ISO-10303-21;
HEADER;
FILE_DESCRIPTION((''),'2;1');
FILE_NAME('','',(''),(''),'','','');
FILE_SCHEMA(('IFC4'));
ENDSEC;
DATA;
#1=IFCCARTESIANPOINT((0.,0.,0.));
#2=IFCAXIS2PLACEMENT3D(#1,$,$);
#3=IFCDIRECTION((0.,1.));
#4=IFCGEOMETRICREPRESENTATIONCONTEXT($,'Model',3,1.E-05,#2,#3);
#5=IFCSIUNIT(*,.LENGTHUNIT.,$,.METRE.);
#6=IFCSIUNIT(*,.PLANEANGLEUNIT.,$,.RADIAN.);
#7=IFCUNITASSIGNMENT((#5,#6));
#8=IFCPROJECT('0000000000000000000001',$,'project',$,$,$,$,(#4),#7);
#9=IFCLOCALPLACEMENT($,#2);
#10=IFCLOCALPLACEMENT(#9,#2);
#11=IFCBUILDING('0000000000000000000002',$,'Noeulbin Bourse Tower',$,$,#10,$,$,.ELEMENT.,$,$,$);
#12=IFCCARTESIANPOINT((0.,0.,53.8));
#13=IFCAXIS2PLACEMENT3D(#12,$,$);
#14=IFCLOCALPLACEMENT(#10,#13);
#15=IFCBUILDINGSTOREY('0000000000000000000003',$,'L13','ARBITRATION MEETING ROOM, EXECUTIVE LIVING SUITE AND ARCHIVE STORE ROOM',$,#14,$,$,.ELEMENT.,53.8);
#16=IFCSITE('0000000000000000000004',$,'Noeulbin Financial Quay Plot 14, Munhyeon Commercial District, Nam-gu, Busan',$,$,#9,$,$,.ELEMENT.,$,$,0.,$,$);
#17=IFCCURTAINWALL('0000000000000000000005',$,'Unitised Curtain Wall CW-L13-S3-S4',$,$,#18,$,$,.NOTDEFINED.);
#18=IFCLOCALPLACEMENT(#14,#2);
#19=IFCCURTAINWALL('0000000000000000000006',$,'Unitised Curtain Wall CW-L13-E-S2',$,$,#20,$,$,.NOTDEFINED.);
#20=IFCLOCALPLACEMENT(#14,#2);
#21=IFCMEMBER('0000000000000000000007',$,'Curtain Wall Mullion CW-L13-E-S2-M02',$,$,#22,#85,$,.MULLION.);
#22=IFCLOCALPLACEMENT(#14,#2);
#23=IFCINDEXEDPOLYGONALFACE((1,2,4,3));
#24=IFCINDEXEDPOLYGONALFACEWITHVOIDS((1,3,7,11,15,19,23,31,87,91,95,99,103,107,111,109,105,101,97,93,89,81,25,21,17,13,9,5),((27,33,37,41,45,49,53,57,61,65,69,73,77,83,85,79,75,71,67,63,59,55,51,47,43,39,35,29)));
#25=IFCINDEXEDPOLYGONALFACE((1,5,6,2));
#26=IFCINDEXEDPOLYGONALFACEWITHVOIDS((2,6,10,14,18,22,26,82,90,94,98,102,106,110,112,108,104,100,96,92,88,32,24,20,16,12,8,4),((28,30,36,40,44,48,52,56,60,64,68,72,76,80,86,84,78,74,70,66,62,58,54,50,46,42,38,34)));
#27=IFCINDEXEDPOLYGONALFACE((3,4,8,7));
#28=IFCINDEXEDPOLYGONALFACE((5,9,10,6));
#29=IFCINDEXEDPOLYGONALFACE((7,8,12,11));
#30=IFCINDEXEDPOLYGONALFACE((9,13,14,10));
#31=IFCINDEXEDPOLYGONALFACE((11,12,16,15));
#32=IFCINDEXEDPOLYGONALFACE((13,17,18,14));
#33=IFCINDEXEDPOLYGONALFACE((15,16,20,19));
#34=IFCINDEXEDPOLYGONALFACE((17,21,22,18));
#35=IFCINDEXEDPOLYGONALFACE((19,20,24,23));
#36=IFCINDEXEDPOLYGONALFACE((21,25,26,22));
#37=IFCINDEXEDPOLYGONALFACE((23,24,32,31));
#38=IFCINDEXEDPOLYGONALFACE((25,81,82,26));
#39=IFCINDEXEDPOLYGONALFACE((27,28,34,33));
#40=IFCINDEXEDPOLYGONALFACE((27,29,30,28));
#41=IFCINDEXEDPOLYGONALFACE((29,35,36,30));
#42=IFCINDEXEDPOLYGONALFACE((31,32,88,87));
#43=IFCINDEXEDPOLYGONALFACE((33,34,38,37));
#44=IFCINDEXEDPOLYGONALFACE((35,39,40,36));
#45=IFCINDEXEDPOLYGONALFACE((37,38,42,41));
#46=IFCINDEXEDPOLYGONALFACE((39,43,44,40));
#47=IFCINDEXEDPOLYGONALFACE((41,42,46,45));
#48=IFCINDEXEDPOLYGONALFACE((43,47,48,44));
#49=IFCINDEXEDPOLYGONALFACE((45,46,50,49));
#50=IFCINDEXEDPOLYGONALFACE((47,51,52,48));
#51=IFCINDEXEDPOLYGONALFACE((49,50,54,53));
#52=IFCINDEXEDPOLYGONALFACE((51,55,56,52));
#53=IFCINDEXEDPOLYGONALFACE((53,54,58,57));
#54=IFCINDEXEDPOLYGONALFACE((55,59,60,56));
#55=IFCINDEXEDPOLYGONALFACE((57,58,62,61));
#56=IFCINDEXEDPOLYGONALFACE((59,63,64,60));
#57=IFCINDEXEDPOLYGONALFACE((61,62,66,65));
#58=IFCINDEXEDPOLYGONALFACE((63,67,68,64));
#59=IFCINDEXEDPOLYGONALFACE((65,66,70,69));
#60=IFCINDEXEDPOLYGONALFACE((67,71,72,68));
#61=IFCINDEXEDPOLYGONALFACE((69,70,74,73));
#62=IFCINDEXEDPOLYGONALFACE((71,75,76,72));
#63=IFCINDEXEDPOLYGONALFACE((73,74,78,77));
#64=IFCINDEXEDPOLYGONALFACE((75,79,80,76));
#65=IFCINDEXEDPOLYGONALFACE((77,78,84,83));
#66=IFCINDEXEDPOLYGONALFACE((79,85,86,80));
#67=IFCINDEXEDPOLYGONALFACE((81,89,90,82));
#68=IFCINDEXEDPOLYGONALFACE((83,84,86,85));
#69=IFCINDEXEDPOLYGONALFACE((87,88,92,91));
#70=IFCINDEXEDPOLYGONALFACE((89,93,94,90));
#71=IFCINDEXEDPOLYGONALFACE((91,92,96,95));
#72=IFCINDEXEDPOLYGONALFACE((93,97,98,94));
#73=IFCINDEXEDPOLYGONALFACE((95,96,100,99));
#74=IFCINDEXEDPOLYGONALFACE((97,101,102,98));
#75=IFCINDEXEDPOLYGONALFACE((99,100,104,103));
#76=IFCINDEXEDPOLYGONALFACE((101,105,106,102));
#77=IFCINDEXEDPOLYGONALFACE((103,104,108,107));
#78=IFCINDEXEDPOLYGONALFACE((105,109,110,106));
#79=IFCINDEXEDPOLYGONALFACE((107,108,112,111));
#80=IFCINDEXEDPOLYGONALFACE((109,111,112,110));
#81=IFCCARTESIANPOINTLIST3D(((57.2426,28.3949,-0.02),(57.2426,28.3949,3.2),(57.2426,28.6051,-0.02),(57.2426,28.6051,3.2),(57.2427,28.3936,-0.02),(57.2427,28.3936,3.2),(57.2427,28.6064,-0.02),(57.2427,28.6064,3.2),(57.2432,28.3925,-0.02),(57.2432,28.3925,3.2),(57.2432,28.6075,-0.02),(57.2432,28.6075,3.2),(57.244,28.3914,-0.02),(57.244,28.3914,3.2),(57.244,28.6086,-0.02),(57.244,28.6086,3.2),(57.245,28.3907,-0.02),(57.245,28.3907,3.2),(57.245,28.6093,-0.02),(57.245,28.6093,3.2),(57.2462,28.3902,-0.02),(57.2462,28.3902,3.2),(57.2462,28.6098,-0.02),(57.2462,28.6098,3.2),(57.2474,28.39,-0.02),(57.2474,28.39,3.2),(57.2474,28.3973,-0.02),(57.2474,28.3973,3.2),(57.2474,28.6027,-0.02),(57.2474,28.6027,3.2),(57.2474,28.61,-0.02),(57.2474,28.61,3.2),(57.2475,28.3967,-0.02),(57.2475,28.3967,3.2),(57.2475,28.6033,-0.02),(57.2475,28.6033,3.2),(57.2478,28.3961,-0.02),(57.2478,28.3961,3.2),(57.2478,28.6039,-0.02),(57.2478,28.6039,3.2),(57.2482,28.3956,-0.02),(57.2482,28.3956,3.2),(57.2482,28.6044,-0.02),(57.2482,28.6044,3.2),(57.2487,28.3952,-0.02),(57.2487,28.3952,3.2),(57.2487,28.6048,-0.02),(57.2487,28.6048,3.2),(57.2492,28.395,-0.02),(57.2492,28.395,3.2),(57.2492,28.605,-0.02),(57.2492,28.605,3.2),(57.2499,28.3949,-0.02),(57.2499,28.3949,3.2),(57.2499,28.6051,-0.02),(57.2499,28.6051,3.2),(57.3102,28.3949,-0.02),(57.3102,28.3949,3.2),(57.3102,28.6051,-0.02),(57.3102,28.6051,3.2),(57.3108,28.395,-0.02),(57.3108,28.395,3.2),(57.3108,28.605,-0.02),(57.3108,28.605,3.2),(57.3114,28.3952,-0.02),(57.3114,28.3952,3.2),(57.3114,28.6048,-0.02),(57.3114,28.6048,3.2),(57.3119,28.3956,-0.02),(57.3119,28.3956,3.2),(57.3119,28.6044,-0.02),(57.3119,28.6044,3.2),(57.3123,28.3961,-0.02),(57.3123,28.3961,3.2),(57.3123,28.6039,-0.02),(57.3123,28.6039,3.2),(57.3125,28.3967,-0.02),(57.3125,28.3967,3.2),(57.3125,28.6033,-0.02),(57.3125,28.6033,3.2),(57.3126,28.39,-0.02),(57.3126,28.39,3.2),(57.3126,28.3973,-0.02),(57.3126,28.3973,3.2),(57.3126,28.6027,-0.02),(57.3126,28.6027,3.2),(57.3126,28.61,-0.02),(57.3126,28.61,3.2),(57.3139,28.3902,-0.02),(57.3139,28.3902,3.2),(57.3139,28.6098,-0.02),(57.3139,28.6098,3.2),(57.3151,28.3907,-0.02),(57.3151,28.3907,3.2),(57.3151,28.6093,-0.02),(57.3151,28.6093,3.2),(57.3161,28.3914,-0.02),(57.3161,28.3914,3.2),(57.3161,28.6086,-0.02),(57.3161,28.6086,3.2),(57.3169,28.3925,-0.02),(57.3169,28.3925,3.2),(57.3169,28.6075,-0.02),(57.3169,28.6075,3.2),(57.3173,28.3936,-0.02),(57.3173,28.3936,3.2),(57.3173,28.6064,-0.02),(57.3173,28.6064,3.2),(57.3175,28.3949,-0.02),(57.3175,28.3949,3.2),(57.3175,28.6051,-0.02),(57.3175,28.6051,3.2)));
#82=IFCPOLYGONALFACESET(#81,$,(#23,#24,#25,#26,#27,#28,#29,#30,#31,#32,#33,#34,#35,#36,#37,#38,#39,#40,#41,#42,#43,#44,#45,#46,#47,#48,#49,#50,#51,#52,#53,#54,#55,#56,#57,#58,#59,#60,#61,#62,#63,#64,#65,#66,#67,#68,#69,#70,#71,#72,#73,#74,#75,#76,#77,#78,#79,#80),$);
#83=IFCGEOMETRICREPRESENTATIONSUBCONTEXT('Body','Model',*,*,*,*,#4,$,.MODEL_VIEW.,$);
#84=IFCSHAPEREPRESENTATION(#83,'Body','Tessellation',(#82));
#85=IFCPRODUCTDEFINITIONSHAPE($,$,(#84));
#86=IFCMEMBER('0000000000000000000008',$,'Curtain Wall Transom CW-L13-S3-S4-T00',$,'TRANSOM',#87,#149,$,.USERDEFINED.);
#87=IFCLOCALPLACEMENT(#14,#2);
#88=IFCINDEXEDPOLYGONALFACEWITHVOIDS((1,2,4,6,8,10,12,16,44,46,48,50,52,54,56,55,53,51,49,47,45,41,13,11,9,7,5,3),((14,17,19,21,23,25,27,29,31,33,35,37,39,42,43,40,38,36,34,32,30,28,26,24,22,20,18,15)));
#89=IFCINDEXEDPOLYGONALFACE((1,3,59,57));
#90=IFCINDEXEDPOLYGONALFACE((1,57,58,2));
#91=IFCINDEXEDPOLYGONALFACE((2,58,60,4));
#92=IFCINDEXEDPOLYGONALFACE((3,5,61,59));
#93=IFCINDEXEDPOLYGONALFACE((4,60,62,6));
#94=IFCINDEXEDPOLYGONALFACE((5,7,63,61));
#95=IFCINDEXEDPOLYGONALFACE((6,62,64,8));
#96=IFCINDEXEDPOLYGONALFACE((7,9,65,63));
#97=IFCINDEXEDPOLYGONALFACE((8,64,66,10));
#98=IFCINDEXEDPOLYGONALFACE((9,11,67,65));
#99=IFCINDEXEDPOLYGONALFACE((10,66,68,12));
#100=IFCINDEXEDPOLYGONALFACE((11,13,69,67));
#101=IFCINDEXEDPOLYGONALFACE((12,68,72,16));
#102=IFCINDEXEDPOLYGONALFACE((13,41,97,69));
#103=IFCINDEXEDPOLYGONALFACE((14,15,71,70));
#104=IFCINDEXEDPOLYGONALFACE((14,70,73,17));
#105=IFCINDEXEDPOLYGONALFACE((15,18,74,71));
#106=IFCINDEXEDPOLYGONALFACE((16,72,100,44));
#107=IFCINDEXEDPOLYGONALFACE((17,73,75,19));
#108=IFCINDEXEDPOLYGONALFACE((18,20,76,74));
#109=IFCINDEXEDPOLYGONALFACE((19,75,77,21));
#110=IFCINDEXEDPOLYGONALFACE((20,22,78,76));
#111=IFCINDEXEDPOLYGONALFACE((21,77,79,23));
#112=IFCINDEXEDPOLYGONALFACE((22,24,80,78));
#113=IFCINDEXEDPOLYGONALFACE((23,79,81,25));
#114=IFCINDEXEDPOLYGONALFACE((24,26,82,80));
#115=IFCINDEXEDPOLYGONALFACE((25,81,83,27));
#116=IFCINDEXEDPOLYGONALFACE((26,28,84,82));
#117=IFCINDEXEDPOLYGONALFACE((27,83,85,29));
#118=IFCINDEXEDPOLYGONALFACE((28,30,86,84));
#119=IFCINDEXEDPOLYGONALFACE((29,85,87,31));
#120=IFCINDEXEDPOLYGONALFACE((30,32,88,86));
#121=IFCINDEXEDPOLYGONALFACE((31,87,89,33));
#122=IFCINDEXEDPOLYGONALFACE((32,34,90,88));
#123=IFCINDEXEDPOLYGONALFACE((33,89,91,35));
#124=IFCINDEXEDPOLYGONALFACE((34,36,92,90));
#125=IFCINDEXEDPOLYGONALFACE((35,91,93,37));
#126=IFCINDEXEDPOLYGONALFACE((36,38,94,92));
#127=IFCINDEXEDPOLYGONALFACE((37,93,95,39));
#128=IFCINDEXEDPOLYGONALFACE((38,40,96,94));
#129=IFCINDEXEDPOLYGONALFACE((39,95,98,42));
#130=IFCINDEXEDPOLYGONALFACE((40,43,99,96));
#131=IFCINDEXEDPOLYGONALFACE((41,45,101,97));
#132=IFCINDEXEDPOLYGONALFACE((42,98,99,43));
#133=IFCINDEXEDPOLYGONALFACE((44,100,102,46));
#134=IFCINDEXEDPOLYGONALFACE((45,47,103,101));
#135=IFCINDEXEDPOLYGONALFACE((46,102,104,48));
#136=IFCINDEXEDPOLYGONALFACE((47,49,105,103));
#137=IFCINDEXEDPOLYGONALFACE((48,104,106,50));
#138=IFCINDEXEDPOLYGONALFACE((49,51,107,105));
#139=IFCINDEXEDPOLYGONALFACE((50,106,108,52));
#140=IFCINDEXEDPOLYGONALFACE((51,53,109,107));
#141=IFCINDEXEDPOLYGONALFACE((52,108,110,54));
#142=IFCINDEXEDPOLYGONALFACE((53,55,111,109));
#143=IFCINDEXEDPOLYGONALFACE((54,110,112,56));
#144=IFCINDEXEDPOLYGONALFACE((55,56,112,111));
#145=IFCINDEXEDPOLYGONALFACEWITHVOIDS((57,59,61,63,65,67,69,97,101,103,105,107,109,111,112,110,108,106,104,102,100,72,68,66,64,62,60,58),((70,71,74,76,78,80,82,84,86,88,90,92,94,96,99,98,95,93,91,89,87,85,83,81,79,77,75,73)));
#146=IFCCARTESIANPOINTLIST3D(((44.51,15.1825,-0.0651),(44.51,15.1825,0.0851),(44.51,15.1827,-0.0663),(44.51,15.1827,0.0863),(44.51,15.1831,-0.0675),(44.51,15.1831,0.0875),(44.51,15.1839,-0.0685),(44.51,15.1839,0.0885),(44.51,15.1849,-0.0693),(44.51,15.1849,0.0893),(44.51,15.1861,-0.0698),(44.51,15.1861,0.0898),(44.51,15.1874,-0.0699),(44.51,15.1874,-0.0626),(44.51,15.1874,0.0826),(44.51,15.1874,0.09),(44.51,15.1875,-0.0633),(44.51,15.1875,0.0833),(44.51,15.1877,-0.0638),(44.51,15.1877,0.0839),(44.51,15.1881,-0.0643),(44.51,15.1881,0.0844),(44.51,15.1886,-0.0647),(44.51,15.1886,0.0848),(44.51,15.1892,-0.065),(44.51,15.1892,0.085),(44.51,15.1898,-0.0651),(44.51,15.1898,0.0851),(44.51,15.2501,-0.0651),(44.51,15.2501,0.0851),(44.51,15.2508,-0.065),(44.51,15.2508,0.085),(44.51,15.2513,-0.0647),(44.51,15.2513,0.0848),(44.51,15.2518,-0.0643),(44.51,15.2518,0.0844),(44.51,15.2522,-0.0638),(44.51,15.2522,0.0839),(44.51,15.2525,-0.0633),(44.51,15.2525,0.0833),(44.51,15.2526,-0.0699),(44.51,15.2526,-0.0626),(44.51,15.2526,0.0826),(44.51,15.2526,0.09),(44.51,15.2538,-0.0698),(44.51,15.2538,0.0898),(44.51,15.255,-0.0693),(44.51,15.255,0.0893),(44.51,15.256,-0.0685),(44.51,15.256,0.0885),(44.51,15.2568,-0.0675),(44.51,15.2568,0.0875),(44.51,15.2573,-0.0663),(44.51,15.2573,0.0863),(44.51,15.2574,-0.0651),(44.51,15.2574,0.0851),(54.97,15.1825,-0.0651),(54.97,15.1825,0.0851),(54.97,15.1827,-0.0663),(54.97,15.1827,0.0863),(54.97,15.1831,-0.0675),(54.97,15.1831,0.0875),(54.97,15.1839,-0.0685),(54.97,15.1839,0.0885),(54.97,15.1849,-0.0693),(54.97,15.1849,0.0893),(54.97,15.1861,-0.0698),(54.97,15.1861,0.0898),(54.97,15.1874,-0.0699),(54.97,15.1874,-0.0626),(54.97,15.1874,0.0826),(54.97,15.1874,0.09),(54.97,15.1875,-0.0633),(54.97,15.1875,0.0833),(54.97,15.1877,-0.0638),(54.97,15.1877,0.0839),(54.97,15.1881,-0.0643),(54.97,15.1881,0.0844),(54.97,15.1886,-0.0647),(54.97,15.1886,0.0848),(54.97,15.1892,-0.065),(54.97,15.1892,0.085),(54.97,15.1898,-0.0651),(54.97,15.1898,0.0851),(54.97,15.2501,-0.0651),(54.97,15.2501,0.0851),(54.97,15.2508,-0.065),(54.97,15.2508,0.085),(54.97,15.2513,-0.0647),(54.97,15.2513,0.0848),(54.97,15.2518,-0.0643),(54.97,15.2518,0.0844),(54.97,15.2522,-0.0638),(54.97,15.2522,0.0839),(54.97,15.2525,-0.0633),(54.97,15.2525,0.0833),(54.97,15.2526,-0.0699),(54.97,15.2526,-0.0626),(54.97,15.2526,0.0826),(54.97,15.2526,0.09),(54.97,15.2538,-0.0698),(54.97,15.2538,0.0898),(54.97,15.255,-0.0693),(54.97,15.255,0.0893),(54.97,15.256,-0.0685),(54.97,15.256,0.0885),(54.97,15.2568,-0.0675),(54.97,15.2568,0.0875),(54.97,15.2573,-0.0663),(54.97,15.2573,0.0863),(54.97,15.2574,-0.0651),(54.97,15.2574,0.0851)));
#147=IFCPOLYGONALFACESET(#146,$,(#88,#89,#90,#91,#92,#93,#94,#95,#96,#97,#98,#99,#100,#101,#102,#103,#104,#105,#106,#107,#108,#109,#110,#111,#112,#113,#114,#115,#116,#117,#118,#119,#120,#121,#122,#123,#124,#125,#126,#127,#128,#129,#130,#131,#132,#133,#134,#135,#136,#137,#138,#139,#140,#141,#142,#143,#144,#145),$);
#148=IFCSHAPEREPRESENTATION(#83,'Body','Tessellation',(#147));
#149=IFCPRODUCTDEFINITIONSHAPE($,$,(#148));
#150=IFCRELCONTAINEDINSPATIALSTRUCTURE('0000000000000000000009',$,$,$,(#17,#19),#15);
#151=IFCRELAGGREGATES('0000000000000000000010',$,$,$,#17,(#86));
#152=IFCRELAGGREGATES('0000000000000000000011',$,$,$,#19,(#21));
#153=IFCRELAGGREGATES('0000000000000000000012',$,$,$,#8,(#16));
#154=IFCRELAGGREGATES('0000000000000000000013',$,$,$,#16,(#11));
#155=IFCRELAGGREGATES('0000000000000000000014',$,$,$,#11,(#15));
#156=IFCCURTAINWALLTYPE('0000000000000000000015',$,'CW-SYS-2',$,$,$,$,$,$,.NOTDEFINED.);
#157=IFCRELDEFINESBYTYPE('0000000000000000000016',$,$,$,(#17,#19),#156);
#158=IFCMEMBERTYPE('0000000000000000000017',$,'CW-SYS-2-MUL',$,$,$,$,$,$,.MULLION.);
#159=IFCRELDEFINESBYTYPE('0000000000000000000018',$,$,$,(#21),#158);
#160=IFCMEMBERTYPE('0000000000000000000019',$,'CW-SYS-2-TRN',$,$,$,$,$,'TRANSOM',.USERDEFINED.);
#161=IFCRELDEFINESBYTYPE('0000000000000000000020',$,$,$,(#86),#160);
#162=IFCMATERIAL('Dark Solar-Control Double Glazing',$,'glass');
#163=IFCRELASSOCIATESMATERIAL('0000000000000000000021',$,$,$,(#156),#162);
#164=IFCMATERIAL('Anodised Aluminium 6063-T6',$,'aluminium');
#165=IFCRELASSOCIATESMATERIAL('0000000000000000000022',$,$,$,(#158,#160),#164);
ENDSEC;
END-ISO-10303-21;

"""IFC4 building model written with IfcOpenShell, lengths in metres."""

from ifc_helpers import new_model, si_unit, direction, frame, origin, origin_2d, place, context, subcontext, project, spatial, hollow_rectangle, extrude, material, material_profile, profile_set, type_object, element, aggregate, save


model = new_model("IFC4")

# Units and contexts
model_context = context("Model", 3, precision=1e-05, world=origin(), true_north=direction((0.0, 1.0)))
body_context = subcontext(model_context, "Body", "Model", "MODEL_VIEW")
ifc_project = project(units=[si_unit("LENGTHUNIT", "METRE"), si_unit("PLANEANGLEUNIT", "RADIAN")], contexts=[model_context])

# Site, building, storey
site_placement = place(None, origin())
site = spatial("IfcSite", under=ifc_project, at=site_placement, Name="Noeulbin Financial Quay Plot 14, Munhyeon Commercial District, Nam-gu, Busan", CompositionType="ELEMENT", RefElevation=0.0)
building_placement = place(site_placement, origin())
building = spatial("IfcBuilding", under=site, at=building_placement, Name="Noeulbin Bourse Tower", CompositionType="ELEMENT")
storey_placement = place(building_placement, frame((0.0, 0.0, 53.8)))
storey = spatial("IfcBuildingStorey", under=building, at=storey_placement, Name="L13", Description="ARBITRATION MEETING ROOM, EXECUTIVE LIVING SUITE AND ARCHIVE STORE ROOM", CompositionType="ELEMENT", Elevation=53.8)

# Curtain walls, member
ifc_material_1 = material(Name="Dark Solar-Control Double Glazing", Category="glass")
curtain_wall_type = type_object("IfcCurtainWallType", Name="CW-SYS-2", PredefinedType="NOTDEFINED", material=ifc_material_1)
curtain_wall_1_placement = place(storey_placement, origin())
curtain_wall_1 = element("IfcCurtainWall", 1, at=curtain_wall_1_placement, inside=storey, type_object=curtain_wall_type, Name="Unitised Curtain Wall CW-L13-S3-S4", PredefinedType="NOTDEFINED")
ifc_material_2 = material(Name="Anodised Aluminium 6063-T6", Category="aluminium")
ifc_material_profile_1 = material_profile(ifc_material_2, hollow_rectangle(XDim=0.075, YDim=0.22, WallThickness=0.0049, InnerFilletRadius=0.0024, OuterFilletRadius=0.0049, at=origin_2d()), Name="ALU-MULL-75x220x5", Category="LoadBearing")
ifc_profile_set_1 = profile_set([ifc_material_profile_1], Name="Anodised Aluminium 6063-T6")
member_type_1 = type_object("IfcMemberType", Name="CW-SYS-2-MUL", PredefinedType="MULLION", material=ifc_profile_set_1)
curtain_wall_2_placement = place(storey_placement, origin())
curtain_wall_2 = element("IfcCurtainWall", 2, at=curtain_wall_2_placement, inside=storey, type_object=curtain_wall_type, Name="Unitised Curtain Wall CW-L13-E-S2", PredefinedType="NOTDEFINED")
member_1_placement = place(storey_placement, frame((57.28, 28.5, -0.02), z_axis=(0.0, 0.0, 1.0), x_axis=(1.0, 0.0, 0.0)))
member_1 = element("IfcMember", 3, at=member_1_placement, type_object=member_type_1, Name="Curtain Wall Mullion CW-L13-E-S2-M02", PredefinedType="MULLION", context=body_context, shape_type="SweptSolid", body=[
    extrude(hollow_rectangle(XDim=0.075, YDim=0.22, WallThickness=0.0049, InnerFilletRadius=0.0024, OuterFilletRadius=0.0049, at=origin_2d()), origin(), (0.0, 0.0, 1.0), 3.22),
])

# Member
ifc_material_profile_2 = material_profile(ifc_material_2, hollow_rectangle(XDim=0.075, YDim=0.1599, WallThickness=0.0049, InnerFilletRadius=0.0024, OuterFilletRadius=0.0049, at=origin_2d()), Name="ALU-TRAN-75x160x5", Category="LoadBearing")
ifc_profile_set_2 = profile_set([ifc_material_profile_2], Name="Anodised Aluminium 6063-T6")
member_type_2 = type_object("IfcMemberType", Name="CW-SYS-2-TRN", ElementType="TRANSOM", PredefinedType="USERDEFINED", material=ifc_profile_set_2)
member_2_placement = place(storey_placement, frame((44.51, 15.22, 0.01), z_axis=(1.0, 0.0, 0.0), x_axis=(0.0, 1.0, 0.0)))
member_2 = element("IfcMember", 4, at=member_2_placement, type_object=member_type_2, Name="Curtain Wall Transom CW-L13-S3-S4-T00", ObjectType="TRANSOM", PredefinedType="USERDEFINED", context=body_context, shape_type="SweptSolid", body=[
    extrude(hollow_rectangle(XDim=0.075, YDim=0.1599, WallThickness=0.0049, InnerFilletRadius=0.0024, OuterFilletRadius=0.0049, at=origin_2d()), origin(), (0.0, 0.0, 1.0), 10.46),
])

aggregate(curtain_wall_1, [member_2])
aggregate(curtain_wall_2, [member_1])

save(model, "model.ifc")
